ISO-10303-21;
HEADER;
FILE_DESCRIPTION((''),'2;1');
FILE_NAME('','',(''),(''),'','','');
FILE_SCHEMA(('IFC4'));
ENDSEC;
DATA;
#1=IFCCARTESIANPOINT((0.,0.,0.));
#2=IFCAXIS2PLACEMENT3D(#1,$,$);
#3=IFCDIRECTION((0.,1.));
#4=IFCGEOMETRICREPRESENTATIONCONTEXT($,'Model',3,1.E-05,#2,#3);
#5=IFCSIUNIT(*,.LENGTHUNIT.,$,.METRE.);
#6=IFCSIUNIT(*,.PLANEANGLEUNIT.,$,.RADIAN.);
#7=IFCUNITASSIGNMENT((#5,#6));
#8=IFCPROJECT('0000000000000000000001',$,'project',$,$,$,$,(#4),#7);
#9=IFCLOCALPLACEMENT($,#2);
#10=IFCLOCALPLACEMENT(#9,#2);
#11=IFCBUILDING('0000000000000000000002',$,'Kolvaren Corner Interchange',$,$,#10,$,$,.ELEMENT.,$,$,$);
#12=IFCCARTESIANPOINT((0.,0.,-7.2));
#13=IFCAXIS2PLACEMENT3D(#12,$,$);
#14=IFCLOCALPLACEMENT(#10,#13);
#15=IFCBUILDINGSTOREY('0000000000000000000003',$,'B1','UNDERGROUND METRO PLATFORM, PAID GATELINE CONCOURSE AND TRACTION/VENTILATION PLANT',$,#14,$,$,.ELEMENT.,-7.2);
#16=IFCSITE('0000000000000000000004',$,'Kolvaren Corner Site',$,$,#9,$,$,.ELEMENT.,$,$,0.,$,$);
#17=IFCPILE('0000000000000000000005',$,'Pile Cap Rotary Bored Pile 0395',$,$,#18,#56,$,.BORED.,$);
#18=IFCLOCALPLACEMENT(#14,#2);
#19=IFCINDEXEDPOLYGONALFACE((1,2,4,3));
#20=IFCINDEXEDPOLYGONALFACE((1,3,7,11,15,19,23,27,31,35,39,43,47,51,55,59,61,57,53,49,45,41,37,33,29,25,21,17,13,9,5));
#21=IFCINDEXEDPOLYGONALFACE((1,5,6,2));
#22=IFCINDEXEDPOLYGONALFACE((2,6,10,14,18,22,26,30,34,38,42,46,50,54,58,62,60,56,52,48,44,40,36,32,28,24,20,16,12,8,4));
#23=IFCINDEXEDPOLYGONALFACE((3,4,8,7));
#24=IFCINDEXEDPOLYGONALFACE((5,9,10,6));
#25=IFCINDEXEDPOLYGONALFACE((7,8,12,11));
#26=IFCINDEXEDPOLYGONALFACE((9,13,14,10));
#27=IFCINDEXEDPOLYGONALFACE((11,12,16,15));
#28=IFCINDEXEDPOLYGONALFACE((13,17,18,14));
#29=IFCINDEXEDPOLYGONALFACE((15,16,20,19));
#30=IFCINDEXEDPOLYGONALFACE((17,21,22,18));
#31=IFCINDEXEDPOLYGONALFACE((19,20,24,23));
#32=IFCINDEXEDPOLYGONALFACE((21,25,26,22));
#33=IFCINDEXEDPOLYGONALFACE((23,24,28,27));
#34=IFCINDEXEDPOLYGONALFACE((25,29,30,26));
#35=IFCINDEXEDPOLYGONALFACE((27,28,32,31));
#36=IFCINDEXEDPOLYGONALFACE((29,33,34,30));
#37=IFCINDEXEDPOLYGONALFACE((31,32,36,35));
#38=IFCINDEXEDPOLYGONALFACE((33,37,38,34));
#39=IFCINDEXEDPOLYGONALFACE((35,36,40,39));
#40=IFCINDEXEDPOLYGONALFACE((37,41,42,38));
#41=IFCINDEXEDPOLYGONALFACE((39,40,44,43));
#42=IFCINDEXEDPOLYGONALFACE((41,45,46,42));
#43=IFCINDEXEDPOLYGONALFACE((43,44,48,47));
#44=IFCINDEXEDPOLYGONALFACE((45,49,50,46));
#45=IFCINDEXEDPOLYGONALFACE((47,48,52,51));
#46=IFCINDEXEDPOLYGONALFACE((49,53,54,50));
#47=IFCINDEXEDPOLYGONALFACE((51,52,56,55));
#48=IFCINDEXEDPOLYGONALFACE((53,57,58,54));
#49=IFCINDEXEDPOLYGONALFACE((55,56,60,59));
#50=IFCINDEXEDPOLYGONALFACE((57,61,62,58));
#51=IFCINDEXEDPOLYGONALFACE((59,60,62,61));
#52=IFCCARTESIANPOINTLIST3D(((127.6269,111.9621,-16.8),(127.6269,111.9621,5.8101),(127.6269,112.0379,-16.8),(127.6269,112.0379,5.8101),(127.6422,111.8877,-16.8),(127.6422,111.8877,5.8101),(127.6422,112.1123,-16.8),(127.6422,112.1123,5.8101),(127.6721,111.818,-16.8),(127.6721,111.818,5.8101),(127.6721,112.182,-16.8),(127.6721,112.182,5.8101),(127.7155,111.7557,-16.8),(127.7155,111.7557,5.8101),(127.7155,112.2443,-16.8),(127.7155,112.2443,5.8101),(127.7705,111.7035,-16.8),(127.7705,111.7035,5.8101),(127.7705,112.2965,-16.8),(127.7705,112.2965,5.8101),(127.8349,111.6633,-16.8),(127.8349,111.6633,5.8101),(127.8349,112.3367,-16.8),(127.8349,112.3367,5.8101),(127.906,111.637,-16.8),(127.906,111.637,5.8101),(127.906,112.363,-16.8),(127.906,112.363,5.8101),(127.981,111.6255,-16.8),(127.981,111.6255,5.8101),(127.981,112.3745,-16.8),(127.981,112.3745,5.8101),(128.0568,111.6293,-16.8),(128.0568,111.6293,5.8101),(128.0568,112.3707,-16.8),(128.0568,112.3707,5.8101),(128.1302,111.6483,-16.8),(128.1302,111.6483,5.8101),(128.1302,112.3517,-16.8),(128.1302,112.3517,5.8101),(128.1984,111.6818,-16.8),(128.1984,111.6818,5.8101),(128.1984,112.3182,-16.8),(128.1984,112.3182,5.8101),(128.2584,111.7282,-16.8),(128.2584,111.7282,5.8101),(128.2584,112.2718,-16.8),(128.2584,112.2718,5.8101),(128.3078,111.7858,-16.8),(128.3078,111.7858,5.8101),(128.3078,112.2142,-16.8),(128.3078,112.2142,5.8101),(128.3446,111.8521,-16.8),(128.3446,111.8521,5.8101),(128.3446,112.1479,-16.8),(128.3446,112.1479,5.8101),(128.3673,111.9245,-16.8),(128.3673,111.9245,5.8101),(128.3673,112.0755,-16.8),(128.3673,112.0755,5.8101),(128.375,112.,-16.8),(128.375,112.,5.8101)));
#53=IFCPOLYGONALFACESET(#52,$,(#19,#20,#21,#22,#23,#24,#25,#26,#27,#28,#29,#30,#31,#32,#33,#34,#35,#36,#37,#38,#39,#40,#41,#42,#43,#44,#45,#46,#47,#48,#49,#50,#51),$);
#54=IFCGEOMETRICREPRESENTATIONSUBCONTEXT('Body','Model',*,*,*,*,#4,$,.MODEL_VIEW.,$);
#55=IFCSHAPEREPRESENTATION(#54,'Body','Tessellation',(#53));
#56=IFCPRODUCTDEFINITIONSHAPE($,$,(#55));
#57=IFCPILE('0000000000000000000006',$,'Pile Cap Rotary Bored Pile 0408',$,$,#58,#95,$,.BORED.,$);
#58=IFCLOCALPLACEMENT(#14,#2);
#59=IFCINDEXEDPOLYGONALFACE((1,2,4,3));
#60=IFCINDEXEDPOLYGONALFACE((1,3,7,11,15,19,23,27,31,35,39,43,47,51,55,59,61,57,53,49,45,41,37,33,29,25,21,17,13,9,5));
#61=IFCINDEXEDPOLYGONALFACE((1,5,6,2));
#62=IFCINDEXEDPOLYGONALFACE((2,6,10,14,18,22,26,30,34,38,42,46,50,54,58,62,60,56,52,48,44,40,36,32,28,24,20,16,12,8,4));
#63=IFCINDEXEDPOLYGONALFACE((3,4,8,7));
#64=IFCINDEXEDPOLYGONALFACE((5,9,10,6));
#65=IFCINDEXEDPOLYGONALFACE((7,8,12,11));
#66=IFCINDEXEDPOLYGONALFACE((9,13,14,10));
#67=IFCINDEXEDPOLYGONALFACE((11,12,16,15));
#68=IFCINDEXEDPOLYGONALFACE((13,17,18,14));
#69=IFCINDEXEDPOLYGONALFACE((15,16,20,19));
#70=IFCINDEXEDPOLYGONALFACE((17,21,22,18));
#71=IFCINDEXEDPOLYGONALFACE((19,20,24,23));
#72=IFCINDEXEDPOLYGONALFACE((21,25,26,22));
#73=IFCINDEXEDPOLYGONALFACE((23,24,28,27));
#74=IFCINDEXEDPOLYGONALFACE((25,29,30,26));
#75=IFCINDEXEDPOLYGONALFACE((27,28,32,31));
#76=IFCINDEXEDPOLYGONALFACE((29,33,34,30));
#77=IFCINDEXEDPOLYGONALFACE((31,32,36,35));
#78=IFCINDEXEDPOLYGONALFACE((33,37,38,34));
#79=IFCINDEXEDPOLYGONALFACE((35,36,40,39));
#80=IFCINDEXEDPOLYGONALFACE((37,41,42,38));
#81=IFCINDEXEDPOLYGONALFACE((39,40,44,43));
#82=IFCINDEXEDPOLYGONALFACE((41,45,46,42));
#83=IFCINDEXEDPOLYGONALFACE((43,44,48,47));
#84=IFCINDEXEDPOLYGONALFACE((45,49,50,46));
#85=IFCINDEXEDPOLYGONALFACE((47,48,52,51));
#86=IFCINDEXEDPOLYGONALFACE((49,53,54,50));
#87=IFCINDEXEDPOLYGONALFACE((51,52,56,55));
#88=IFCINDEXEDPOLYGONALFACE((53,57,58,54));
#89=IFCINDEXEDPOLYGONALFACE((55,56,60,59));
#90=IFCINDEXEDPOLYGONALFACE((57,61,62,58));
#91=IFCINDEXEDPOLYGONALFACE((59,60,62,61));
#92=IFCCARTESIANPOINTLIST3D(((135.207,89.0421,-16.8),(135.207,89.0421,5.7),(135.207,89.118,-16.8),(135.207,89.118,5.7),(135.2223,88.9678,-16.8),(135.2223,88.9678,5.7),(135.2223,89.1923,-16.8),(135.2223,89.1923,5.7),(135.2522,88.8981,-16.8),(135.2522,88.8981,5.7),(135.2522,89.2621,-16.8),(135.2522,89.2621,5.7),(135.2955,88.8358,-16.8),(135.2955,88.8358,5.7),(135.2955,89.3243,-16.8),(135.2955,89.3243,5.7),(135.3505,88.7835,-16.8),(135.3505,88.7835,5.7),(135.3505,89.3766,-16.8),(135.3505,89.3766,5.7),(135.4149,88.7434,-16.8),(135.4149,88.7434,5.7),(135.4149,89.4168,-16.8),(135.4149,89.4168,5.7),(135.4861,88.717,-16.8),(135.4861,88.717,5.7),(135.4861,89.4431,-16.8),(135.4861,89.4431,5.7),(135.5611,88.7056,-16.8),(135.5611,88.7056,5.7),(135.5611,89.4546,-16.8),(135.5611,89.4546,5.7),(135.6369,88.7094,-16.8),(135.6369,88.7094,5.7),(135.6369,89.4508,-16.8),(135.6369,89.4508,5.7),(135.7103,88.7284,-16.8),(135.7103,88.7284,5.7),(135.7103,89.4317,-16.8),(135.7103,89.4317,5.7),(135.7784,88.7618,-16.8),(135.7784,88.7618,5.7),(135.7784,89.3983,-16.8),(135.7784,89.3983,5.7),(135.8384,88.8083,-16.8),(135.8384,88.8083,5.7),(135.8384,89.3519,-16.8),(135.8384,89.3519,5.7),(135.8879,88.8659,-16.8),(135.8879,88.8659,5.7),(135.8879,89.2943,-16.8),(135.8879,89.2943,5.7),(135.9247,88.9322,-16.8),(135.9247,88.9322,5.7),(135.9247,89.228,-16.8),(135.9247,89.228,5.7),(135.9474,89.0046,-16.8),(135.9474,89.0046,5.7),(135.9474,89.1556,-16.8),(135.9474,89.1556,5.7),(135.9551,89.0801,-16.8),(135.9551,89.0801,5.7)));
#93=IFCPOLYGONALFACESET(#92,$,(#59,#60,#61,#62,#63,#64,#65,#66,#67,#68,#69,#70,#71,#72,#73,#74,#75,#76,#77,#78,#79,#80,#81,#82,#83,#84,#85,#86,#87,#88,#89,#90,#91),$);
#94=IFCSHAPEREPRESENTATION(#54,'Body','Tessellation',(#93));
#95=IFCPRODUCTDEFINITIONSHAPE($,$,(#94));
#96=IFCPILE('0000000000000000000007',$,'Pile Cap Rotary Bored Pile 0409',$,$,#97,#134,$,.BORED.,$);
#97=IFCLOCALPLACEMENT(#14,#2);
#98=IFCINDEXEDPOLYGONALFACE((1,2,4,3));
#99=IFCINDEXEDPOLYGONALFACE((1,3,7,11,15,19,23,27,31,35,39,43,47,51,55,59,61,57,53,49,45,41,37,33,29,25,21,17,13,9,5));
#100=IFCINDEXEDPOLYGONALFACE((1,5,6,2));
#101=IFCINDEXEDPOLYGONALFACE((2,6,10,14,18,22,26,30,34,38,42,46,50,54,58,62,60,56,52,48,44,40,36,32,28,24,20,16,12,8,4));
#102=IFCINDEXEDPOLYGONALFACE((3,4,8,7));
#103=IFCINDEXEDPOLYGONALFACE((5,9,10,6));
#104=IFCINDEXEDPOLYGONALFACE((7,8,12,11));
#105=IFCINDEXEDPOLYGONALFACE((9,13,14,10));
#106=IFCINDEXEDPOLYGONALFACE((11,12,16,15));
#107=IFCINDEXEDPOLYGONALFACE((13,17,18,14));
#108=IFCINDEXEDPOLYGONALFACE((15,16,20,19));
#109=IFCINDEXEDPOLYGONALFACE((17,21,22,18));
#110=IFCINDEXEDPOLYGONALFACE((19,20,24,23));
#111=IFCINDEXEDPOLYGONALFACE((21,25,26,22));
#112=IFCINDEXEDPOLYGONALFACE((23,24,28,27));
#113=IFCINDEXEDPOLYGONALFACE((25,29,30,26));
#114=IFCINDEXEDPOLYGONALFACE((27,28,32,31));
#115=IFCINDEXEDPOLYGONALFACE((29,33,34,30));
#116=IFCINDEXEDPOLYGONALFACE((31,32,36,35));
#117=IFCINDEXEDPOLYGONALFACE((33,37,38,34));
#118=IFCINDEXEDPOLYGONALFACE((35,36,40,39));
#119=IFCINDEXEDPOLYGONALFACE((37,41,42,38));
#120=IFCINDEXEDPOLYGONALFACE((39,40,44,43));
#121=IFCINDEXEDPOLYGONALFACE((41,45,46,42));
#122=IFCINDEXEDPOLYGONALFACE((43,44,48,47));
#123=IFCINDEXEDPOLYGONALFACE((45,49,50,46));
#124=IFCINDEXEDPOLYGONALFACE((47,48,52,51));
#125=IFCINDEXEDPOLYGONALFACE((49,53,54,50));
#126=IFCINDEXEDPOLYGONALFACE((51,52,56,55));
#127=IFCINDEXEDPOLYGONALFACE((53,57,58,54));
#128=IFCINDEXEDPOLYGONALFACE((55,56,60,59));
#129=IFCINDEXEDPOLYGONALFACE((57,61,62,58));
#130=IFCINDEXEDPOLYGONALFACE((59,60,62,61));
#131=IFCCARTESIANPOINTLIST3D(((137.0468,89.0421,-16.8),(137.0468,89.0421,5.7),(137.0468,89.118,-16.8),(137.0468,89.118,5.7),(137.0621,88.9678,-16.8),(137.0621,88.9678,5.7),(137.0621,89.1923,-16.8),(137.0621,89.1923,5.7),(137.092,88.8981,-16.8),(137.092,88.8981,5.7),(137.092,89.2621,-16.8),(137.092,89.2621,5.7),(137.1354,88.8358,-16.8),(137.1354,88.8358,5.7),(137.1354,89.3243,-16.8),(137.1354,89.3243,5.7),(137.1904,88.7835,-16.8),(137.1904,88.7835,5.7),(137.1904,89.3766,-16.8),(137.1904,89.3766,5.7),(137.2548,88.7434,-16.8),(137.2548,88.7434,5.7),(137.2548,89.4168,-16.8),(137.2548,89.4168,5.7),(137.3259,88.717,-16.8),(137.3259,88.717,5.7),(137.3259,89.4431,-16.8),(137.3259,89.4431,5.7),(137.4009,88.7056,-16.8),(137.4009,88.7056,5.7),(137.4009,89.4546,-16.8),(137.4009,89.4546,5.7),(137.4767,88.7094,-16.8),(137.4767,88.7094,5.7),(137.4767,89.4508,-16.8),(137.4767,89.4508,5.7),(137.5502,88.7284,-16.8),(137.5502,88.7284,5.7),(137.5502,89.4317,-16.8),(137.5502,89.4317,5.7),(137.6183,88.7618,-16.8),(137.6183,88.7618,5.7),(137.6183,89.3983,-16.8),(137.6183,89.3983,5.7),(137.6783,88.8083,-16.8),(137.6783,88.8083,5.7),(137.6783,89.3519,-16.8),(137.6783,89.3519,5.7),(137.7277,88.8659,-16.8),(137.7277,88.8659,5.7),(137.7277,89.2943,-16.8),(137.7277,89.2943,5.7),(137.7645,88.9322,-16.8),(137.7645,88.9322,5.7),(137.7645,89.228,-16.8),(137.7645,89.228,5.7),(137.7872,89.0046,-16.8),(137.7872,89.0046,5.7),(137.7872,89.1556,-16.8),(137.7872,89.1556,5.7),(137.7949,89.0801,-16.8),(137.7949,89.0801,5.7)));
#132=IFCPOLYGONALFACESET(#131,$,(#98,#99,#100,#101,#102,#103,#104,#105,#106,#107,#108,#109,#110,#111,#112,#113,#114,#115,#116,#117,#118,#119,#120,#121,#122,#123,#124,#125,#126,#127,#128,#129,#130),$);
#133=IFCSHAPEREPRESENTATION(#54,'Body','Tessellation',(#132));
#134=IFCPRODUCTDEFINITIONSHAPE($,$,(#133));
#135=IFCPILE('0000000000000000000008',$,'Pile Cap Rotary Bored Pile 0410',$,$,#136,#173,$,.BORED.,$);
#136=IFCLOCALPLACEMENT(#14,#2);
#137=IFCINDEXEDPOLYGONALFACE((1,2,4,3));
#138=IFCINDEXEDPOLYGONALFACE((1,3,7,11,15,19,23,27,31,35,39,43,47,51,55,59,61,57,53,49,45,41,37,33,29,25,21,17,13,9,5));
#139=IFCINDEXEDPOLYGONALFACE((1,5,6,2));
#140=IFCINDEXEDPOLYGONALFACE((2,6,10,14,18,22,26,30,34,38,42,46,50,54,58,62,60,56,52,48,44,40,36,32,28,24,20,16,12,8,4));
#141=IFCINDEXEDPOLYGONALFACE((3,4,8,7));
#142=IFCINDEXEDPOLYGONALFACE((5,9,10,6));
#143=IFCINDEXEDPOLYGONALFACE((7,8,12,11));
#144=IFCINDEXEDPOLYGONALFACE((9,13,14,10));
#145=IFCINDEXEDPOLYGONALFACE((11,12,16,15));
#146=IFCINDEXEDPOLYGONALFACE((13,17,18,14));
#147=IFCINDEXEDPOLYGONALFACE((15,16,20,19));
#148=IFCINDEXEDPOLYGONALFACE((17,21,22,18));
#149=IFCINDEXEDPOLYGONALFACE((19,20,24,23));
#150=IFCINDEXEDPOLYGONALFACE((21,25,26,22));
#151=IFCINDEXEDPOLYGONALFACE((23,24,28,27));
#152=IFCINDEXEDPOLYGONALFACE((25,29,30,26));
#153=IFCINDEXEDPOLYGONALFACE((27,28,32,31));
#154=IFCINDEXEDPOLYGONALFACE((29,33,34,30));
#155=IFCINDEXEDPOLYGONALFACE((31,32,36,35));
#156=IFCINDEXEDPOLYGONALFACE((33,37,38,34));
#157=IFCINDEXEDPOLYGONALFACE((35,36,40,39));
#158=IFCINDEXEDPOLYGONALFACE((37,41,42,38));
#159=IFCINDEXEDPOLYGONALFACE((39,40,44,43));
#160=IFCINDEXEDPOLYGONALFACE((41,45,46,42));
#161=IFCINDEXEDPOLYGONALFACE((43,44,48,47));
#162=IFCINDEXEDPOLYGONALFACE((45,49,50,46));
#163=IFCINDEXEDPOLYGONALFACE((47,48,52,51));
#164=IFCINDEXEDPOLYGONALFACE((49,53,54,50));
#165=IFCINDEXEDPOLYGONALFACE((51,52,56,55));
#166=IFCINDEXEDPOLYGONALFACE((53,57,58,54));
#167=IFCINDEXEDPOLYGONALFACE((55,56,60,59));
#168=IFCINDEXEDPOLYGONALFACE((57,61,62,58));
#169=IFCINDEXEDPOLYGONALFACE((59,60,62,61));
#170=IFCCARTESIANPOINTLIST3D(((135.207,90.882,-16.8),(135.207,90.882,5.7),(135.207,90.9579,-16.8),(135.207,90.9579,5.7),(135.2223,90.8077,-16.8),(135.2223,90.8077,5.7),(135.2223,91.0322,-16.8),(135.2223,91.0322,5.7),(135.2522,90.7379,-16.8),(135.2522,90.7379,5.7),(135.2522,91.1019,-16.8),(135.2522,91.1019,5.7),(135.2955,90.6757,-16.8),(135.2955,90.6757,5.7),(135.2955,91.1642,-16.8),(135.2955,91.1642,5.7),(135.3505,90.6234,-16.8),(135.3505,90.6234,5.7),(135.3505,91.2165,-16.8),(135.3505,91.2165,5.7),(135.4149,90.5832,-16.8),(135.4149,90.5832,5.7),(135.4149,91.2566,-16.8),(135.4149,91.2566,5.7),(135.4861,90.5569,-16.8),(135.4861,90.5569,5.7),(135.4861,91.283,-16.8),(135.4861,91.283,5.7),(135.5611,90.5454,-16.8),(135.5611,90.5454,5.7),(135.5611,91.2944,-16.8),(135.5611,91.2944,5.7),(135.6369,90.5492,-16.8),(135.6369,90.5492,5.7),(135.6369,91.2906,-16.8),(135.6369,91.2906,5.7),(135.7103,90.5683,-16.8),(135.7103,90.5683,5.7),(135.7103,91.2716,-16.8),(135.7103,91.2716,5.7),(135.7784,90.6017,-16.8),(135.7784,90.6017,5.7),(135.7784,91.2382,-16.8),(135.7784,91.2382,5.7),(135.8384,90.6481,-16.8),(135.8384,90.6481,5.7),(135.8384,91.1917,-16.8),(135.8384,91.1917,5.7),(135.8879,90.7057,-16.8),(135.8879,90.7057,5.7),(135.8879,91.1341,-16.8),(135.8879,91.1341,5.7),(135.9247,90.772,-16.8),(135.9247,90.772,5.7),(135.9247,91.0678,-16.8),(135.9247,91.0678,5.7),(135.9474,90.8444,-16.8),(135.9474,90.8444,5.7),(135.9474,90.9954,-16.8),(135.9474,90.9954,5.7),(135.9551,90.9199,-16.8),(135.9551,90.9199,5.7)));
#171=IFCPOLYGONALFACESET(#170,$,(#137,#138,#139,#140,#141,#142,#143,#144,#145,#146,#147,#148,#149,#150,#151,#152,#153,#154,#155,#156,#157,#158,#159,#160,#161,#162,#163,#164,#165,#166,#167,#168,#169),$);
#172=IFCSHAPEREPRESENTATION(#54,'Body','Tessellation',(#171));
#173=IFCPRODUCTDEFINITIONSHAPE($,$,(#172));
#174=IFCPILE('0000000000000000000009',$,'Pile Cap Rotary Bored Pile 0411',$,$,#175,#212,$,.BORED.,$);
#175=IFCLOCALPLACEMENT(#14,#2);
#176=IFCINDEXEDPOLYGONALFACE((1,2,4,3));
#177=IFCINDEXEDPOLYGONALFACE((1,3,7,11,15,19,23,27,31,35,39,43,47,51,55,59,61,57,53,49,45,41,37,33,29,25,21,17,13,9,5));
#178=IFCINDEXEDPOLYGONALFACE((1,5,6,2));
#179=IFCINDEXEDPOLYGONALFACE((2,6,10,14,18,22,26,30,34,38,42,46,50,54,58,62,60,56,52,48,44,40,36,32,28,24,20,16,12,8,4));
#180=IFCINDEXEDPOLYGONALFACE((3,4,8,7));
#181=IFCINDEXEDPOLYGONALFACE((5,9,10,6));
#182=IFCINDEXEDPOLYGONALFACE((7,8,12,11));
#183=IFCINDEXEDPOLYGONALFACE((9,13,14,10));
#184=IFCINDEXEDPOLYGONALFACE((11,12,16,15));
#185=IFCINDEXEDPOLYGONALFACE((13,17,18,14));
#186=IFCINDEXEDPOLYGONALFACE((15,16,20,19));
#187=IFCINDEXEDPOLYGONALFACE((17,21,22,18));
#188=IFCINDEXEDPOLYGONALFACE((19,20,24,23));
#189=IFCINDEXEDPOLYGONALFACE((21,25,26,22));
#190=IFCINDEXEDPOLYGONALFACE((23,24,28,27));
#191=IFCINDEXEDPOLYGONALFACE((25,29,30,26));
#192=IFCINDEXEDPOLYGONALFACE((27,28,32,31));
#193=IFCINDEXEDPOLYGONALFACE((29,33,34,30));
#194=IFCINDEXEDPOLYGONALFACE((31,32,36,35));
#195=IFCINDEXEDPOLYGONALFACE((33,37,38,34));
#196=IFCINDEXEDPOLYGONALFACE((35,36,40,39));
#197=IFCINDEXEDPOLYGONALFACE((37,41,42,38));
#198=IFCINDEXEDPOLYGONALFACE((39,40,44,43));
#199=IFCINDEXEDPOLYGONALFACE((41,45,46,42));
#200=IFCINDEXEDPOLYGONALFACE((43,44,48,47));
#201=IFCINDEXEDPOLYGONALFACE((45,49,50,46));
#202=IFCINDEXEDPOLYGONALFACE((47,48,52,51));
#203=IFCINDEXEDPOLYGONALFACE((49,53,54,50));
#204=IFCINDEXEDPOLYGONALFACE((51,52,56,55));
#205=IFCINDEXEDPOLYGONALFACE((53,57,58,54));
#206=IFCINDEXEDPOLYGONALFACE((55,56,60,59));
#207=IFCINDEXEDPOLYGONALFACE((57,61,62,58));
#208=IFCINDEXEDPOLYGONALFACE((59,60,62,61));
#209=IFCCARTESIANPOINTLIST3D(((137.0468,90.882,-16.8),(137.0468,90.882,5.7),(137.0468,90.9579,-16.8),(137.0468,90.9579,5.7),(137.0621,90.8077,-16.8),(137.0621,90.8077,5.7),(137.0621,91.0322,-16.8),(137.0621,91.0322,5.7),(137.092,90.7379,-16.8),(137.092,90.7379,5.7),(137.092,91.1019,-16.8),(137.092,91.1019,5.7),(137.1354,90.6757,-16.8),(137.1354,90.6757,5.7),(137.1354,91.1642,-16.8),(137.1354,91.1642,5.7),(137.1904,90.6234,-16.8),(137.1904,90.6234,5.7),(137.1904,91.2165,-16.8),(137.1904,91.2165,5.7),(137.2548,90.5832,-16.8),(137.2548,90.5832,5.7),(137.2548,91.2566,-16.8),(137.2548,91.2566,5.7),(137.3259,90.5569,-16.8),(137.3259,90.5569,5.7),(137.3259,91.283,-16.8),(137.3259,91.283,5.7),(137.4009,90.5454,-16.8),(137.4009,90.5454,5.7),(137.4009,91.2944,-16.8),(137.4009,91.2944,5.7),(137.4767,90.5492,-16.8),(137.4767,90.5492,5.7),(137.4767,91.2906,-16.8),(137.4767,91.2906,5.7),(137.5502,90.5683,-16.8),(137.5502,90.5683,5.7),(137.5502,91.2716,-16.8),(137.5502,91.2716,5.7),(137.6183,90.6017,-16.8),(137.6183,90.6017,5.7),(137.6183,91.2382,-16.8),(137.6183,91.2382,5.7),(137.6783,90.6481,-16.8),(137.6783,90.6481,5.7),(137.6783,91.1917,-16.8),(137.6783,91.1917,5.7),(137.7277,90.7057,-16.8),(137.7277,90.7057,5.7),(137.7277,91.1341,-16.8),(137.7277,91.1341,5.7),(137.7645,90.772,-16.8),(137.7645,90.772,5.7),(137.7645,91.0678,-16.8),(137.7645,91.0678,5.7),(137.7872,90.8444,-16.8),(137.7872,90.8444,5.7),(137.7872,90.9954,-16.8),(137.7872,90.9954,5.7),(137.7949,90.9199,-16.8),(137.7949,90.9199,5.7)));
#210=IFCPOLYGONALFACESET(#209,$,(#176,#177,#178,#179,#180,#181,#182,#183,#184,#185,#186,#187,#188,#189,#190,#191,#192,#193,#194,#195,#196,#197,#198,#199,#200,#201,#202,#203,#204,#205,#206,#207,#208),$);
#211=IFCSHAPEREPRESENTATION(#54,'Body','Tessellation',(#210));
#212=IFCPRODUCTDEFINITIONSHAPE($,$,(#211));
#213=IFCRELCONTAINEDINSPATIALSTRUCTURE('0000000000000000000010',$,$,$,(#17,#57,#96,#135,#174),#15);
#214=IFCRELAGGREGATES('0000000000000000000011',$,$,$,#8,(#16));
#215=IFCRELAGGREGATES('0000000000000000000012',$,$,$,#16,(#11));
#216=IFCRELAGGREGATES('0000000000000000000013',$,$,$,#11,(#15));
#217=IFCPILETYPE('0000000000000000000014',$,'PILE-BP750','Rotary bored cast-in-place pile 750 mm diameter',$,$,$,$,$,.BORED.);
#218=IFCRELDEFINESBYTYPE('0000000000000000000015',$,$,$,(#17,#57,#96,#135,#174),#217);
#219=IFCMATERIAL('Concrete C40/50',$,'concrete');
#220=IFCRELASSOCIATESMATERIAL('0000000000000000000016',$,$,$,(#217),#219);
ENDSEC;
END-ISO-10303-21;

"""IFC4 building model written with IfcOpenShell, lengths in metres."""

from ifc_helpers import new_model, si_unit, direction, frame, origin, origin_2d, place, context, subcontext, project, spatial, circle, extrude, material, material_profile, profile_set, type_object, element, save


model = new_model("IFC4")

# Units and contexts
model_context = context("Model", 3, precision=1e-05, world=origin(), true_north=direction((0.0, 1.0)))
body_context = subcontext(model_context, "Body", "Model", "MODEL_VIEW")
ifc_project = project(units=[si_unit("LENGTHUNIT", "METRE"), si_unit("PLANEANGLEUNIT", "RADIAN")], contexts=[model_context])

# Site, building, storey
site_placement = place(None, origin())
site = spatial("IfcSite", under=ifc_project, at=site_placement, Name="Kolvaren Corner Site", CompositionType="ELEMENT", RefElevation=0.0)
building_placement = place(site_placement, origin())
building = spatial("IfcBuilding", under=site, at=building_placement, Name="Kolvaren Corner Interchange", CompositionType="ELEMENT")
storey_placement = place(building_placement, frame((0.0, 0.0, -7.2)))
storey = spatial("IfcBuildingStorey", under=building, at=storey_placement, Name="B1", Description="UNDERGROUND METRO PLATFORM, PAID GATELINE CONCOURSE AND TRACTION/VENTILATION PLANT", CompositionType="ELEMENT", Elevation=-7.2)

# Piles
ifc_material_1 = material(Name="Concrete C40/50", Category="concrete")
ifc_material_profile = material_profile(ifc_material_1, circle(Radius=0.375, at=origin_2d()), Name="BORED PILE 750")
ifc_profile_set = profile_set([ifc_material_profile], Name="Concrete C40/50")
pile_type = type_object("IfcPileType", Name="PILE-BP750", Description="Rotary bored cast-in-place pile 750 mm diameter", PredefinedType="BORED", material=ifc_profile_set)
pile_1_placement = place(storey_placement, frame((128.0, 112.0, 5.8101), z_axis=(0.0, 0.0, -1.0), x_axis=(1.0, 0.0, 0.0)))
element("IfcPile", 1, at=pile_1_placement, inside=storey, type_object=pile_type, Name="Pile Cap Rotary Bored Pile 0395", PredefinedType="BORED", context=body_context, shape_type="SweptSolid", body=[
    extrude(circle(Radius=0.375, at=origin_2d()), origin(), (0.0, 0.0, 1.0), 22.6101),
])
for number, where, z_axis, x_axis, name in (
    (2, (135.5801, 89.0801, 5.7), (0.0, 0.0, -1.0), (1.0, 0.0, 0.0), "Pile Cap Rotary Bored Pile 0408"),
    (3, (137.4199, 89.0801, 5.7), (0.0, 0.0, -1.0), (1.0, 0.0, 0.0), "Pile Cap Rotary Bored Pile 0409"),
    (4, (135.5801, 90.9199, 5.7), (0.0, 0.0, -1.0), (1.0, 0.0, 0.0), "Pile Cap Rotary Bored Pile 0410"),
    (5, (137.4199, 90.9199, 5.7), (0.0, 0.0, -1.0), (1.0, 0.0, 0.0), "Pile Cap Rotary Bored Pile 0411"),
):
    element("IfcPile", number, at=place(storey_placement, frame(where, z_axis=z_axis, x_axis=x_axis)), inside=storey, type_object=pile_type, Name=name, PredefinedType="BORED", context=body_context, shape_type="SweptSolid", body=[
        extrude(circle(Radius=0.375, at=origin_2d()), origin(), (0.0, 0.0, 1.0), 22.5),
    ])

save(model, "model.ifc")
